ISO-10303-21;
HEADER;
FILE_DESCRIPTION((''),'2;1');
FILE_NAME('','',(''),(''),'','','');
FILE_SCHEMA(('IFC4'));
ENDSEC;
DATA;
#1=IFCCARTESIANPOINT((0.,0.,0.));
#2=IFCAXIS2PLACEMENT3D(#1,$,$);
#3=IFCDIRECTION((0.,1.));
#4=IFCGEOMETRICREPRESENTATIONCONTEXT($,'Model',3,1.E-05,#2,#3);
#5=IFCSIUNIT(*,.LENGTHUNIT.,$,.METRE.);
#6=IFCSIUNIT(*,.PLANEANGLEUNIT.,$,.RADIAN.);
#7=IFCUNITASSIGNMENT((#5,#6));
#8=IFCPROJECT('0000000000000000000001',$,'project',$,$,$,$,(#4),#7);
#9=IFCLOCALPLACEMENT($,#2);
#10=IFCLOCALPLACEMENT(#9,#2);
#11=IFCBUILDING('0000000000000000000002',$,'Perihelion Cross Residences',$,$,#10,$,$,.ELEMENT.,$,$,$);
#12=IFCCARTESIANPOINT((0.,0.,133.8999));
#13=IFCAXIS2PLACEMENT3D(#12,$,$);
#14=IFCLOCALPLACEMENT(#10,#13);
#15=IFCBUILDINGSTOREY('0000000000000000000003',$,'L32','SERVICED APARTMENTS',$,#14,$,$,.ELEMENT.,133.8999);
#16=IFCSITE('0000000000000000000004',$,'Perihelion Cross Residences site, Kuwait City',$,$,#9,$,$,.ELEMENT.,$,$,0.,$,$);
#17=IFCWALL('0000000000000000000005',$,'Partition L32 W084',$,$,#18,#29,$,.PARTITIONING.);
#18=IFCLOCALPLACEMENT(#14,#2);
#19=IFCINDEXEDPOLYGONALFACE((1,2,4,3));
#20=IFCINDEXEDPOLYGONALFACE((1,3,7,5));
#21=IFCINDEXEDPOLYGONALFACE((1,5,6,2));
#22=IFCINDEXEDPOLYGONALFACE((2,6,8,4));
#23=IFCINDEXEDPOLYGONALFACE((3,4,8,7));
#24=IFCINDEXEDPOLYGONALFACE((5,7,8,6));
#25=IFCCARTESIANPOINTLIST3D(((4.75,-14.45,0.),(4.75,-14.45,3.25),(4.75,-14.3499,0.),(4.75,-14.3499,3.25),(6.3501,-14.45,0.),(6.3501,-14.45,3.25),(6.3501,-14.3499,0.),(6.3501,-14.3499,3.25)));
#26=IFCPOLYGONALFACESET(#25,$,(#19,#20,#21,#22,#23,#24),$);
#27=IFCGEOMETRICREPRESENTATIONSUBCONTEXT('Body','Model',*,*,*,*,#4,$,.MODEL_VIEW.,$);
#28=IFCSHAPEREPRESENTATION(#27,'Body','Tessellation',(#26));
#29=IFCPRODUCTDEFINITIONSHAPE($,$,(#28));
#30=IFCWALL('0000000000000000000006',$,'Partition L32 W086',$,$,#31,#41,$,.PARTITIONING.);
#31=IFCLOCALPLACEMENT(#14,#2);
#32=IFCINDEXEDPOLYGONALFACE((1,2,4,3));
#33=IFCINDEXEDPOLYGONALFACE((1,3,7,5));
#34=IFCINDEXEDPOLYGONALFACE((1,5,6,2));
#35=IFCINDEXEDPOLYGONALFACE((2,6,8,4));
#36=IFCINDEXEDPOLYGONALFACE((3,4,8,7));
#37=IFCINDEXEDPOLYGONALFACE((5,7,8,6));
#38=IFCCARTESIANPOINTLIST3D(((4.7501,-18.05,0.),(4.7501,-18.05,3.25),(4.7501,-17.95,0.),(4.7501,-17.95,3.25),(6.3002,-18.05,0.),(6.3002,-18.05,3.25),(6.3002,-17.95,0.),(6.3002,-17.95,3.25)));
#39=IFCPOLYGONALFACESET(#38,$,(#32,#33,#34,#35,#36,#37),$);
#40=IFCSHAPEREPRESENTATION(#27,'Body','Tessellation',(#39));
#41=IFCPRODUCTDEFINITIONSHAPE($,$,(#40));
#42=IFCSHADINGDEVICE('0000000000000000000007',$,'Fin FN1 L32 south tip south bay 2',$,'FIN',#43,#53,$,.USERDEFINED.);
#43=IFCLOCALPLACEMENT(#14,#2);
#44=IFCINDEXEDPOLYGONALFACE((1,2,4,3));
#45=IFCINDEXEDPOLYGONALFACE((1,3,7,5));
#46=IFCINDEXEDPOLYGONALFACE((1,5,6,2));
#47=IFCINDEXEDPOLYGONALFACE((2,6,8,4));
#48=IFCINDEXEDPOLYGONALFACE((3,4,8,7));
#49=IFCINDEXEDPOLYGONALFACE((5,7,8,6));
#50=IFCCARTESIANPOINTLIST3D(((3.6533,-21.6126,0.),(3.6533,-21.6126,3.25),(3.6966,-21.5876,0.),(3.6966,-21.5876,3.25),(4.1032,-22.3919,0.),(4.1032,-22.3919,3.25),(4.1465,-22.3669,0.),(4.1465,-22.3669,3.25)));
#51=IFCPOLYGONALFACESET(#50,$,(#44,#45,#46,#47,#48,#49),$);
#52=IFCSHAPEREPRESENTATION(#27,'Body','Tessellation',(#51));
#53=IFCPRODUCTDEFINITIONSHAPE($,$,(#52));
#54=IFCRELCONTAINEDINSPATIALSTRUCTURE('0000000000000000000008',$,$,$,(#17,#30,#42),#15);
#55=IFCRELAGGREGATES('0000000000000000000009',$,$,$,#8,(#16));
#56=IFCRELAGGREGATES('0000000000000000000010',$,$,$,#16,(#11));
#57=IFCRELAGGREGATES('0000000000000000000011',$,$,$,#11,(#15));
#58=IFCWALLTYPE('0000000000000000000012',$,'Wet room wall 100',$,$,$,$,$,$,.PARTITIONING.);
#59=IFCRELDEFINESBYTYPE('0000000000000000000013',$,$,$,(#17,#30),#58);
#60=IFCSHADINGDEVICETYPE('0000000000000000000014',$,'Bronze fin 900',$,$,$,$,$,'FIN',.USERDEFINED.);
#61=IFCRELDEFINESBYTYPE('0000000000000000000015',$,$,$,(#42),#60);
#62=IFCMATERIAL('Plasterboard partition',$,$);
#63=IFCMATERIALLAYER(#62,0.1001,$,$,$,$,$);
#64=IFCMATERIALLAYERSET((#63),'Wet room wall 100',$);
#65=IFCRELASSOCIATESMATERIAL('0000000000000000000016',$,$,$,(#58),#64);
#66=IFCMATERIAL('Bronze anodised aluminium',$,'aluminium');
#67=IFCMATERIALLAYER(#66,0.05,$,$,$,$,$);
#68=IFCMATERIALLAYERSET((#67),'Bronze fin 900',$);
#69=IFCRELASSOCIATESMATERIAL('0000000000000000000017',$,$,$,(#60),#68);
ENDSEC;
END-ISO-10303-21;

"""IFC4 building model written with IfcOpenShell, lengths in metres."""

from ifc_helpers import new_model, si_unit, direction, frame, frame_2d, origin, origin_2d, place, context, subcontext, project, spatial, rectangle, extrude, material, layer, layer_set, type_object, element, save


model = new_model("IFC4")

# Units and contexts
model_context = context("Model", 3, precision=1e-05, world=origin(), true_north=direction((0.0, 1.0)))
body_context = subcontext(model_context, "Body", "Model", "MODEL_VIEW")
ifc_project = project(units=[si_unit("LENGTHUNIT", "METRE"), si_unit("PLANEANGLEUNIT", "RADIAN")], contexts=[model_context])

# Site, building, storey
site_placement = place(None, origin())
site = spatial("IfcSite", under=ifc_project, at=site_placement, Name="Perihelion Cross Residences site, Kuwait City", CompositionType="ELEMENT", RefElevation=0.0)
building_placement = place(site_placement, origin())
building = spatial("IfcBuilding", under=site, at=building_placement, Name="Perihelion Cross Residences", CompositionType="ELEMENT")
storey_placement = place(building_placement, frame((0.0, 0.0, 133.8999)))
storey = spatial("IfcBuildingStorey", under=building, at=storey_placement, Name="L32", Description="SERVICED APARTMENTS", CompositionType="ELEMENT", Elevation=133.8999)

# Shared definitions
ifc_material_1 = material(Name="Plasterboard partition")
ifc_layer_1 = layer(ifc_material_1, 0.1001)
ifc_layer_set_1 = layer_set([ifc_layer_1], Name="Wet room wall 100")
wall_type_1 = type_object("IfcWallType", Name="Wet room wall 100", PredefinedType="PARTITIONING", material=ifc_layer_set_1)

# Walls
wall_1_placement = place(storey_placement, frame((6.3501, -14.3999, 0.0), z_axis=(0.0, 0.0, 1.0), x_axis=(-1.0, 0.0, 0.0)))
element("IfcWall", 1, at=wall_1_placement, inside=storey, type_object=wall_type_1, Name="Partition L32 W084", PredefinedType="PARTITIONING", context=body_context, shape_type="SweptSolid", body=[
    extrude(rectangle(XDim=1.6001, YDim=0.1001, at=frame_2d((0.8, 0.0))), origin(), (0.0, 0.0, 1.0), 3.25),
])
wall_2_placement = place(storey_placement, frame((6.3, -18.0, 0.0), z_axis=(0.0, 0.0, 1.0), x_axis=(-1.0, 0.0, 0.0)))
element("IfcWall", 2, at=wall_2_placement, inside=storey, type_object=wall_type_1, Name="Partition L32 W086", PredefinedType="PARTITIONING", context=body_context, shape_type="SweptSolid", body=[
    extrude(rectangle(XDim=1.55, YDim=0.1001, at=frame_2d((0.7749, 0.0))), origin(), (0.0, 0.0, 1.0), 3.25),
])

# Shading device
ifc_material_2 = material(Name="Bronze anodised aluminium", Category="aluminium")
ifc_layer_2 = layer(ifc_material_2, 0.05)
ifc_layer_set_2 = layer_set([ifc_layer_2], Name="Bronze fin 900")
shading_device_type = type_object("IfcShadingDeviceType", Name="Bronze fin 900", ElementType="FIN", PredefinedType="USERDEFINED", material=ifc_layer_set_2)
shading_device_placement = place(storey_placement, frame((3.8999, -21.9897, 0.0), z_axis=(0.0, 0.0, 1.0), x_axis=(0.5, -0.866025, 0.0)))
element("IfcShadingDevice", 3, at=shading_device_placement, inside=storey, type_object=shading_device_type, Name="Fin FN1 L32 south tip south bay 2", ObjectType="FIN", PredefinedType="USERDEFINED", context=body_context, shape_type="SweptSolid", body=[
    extrude(rectangle(XDim=0.8999, YDim=0.05, at=origin_2d()), origin(), (0.0, 0.0, 1.0), 3.25),
])

save(model, "model.ifc")
